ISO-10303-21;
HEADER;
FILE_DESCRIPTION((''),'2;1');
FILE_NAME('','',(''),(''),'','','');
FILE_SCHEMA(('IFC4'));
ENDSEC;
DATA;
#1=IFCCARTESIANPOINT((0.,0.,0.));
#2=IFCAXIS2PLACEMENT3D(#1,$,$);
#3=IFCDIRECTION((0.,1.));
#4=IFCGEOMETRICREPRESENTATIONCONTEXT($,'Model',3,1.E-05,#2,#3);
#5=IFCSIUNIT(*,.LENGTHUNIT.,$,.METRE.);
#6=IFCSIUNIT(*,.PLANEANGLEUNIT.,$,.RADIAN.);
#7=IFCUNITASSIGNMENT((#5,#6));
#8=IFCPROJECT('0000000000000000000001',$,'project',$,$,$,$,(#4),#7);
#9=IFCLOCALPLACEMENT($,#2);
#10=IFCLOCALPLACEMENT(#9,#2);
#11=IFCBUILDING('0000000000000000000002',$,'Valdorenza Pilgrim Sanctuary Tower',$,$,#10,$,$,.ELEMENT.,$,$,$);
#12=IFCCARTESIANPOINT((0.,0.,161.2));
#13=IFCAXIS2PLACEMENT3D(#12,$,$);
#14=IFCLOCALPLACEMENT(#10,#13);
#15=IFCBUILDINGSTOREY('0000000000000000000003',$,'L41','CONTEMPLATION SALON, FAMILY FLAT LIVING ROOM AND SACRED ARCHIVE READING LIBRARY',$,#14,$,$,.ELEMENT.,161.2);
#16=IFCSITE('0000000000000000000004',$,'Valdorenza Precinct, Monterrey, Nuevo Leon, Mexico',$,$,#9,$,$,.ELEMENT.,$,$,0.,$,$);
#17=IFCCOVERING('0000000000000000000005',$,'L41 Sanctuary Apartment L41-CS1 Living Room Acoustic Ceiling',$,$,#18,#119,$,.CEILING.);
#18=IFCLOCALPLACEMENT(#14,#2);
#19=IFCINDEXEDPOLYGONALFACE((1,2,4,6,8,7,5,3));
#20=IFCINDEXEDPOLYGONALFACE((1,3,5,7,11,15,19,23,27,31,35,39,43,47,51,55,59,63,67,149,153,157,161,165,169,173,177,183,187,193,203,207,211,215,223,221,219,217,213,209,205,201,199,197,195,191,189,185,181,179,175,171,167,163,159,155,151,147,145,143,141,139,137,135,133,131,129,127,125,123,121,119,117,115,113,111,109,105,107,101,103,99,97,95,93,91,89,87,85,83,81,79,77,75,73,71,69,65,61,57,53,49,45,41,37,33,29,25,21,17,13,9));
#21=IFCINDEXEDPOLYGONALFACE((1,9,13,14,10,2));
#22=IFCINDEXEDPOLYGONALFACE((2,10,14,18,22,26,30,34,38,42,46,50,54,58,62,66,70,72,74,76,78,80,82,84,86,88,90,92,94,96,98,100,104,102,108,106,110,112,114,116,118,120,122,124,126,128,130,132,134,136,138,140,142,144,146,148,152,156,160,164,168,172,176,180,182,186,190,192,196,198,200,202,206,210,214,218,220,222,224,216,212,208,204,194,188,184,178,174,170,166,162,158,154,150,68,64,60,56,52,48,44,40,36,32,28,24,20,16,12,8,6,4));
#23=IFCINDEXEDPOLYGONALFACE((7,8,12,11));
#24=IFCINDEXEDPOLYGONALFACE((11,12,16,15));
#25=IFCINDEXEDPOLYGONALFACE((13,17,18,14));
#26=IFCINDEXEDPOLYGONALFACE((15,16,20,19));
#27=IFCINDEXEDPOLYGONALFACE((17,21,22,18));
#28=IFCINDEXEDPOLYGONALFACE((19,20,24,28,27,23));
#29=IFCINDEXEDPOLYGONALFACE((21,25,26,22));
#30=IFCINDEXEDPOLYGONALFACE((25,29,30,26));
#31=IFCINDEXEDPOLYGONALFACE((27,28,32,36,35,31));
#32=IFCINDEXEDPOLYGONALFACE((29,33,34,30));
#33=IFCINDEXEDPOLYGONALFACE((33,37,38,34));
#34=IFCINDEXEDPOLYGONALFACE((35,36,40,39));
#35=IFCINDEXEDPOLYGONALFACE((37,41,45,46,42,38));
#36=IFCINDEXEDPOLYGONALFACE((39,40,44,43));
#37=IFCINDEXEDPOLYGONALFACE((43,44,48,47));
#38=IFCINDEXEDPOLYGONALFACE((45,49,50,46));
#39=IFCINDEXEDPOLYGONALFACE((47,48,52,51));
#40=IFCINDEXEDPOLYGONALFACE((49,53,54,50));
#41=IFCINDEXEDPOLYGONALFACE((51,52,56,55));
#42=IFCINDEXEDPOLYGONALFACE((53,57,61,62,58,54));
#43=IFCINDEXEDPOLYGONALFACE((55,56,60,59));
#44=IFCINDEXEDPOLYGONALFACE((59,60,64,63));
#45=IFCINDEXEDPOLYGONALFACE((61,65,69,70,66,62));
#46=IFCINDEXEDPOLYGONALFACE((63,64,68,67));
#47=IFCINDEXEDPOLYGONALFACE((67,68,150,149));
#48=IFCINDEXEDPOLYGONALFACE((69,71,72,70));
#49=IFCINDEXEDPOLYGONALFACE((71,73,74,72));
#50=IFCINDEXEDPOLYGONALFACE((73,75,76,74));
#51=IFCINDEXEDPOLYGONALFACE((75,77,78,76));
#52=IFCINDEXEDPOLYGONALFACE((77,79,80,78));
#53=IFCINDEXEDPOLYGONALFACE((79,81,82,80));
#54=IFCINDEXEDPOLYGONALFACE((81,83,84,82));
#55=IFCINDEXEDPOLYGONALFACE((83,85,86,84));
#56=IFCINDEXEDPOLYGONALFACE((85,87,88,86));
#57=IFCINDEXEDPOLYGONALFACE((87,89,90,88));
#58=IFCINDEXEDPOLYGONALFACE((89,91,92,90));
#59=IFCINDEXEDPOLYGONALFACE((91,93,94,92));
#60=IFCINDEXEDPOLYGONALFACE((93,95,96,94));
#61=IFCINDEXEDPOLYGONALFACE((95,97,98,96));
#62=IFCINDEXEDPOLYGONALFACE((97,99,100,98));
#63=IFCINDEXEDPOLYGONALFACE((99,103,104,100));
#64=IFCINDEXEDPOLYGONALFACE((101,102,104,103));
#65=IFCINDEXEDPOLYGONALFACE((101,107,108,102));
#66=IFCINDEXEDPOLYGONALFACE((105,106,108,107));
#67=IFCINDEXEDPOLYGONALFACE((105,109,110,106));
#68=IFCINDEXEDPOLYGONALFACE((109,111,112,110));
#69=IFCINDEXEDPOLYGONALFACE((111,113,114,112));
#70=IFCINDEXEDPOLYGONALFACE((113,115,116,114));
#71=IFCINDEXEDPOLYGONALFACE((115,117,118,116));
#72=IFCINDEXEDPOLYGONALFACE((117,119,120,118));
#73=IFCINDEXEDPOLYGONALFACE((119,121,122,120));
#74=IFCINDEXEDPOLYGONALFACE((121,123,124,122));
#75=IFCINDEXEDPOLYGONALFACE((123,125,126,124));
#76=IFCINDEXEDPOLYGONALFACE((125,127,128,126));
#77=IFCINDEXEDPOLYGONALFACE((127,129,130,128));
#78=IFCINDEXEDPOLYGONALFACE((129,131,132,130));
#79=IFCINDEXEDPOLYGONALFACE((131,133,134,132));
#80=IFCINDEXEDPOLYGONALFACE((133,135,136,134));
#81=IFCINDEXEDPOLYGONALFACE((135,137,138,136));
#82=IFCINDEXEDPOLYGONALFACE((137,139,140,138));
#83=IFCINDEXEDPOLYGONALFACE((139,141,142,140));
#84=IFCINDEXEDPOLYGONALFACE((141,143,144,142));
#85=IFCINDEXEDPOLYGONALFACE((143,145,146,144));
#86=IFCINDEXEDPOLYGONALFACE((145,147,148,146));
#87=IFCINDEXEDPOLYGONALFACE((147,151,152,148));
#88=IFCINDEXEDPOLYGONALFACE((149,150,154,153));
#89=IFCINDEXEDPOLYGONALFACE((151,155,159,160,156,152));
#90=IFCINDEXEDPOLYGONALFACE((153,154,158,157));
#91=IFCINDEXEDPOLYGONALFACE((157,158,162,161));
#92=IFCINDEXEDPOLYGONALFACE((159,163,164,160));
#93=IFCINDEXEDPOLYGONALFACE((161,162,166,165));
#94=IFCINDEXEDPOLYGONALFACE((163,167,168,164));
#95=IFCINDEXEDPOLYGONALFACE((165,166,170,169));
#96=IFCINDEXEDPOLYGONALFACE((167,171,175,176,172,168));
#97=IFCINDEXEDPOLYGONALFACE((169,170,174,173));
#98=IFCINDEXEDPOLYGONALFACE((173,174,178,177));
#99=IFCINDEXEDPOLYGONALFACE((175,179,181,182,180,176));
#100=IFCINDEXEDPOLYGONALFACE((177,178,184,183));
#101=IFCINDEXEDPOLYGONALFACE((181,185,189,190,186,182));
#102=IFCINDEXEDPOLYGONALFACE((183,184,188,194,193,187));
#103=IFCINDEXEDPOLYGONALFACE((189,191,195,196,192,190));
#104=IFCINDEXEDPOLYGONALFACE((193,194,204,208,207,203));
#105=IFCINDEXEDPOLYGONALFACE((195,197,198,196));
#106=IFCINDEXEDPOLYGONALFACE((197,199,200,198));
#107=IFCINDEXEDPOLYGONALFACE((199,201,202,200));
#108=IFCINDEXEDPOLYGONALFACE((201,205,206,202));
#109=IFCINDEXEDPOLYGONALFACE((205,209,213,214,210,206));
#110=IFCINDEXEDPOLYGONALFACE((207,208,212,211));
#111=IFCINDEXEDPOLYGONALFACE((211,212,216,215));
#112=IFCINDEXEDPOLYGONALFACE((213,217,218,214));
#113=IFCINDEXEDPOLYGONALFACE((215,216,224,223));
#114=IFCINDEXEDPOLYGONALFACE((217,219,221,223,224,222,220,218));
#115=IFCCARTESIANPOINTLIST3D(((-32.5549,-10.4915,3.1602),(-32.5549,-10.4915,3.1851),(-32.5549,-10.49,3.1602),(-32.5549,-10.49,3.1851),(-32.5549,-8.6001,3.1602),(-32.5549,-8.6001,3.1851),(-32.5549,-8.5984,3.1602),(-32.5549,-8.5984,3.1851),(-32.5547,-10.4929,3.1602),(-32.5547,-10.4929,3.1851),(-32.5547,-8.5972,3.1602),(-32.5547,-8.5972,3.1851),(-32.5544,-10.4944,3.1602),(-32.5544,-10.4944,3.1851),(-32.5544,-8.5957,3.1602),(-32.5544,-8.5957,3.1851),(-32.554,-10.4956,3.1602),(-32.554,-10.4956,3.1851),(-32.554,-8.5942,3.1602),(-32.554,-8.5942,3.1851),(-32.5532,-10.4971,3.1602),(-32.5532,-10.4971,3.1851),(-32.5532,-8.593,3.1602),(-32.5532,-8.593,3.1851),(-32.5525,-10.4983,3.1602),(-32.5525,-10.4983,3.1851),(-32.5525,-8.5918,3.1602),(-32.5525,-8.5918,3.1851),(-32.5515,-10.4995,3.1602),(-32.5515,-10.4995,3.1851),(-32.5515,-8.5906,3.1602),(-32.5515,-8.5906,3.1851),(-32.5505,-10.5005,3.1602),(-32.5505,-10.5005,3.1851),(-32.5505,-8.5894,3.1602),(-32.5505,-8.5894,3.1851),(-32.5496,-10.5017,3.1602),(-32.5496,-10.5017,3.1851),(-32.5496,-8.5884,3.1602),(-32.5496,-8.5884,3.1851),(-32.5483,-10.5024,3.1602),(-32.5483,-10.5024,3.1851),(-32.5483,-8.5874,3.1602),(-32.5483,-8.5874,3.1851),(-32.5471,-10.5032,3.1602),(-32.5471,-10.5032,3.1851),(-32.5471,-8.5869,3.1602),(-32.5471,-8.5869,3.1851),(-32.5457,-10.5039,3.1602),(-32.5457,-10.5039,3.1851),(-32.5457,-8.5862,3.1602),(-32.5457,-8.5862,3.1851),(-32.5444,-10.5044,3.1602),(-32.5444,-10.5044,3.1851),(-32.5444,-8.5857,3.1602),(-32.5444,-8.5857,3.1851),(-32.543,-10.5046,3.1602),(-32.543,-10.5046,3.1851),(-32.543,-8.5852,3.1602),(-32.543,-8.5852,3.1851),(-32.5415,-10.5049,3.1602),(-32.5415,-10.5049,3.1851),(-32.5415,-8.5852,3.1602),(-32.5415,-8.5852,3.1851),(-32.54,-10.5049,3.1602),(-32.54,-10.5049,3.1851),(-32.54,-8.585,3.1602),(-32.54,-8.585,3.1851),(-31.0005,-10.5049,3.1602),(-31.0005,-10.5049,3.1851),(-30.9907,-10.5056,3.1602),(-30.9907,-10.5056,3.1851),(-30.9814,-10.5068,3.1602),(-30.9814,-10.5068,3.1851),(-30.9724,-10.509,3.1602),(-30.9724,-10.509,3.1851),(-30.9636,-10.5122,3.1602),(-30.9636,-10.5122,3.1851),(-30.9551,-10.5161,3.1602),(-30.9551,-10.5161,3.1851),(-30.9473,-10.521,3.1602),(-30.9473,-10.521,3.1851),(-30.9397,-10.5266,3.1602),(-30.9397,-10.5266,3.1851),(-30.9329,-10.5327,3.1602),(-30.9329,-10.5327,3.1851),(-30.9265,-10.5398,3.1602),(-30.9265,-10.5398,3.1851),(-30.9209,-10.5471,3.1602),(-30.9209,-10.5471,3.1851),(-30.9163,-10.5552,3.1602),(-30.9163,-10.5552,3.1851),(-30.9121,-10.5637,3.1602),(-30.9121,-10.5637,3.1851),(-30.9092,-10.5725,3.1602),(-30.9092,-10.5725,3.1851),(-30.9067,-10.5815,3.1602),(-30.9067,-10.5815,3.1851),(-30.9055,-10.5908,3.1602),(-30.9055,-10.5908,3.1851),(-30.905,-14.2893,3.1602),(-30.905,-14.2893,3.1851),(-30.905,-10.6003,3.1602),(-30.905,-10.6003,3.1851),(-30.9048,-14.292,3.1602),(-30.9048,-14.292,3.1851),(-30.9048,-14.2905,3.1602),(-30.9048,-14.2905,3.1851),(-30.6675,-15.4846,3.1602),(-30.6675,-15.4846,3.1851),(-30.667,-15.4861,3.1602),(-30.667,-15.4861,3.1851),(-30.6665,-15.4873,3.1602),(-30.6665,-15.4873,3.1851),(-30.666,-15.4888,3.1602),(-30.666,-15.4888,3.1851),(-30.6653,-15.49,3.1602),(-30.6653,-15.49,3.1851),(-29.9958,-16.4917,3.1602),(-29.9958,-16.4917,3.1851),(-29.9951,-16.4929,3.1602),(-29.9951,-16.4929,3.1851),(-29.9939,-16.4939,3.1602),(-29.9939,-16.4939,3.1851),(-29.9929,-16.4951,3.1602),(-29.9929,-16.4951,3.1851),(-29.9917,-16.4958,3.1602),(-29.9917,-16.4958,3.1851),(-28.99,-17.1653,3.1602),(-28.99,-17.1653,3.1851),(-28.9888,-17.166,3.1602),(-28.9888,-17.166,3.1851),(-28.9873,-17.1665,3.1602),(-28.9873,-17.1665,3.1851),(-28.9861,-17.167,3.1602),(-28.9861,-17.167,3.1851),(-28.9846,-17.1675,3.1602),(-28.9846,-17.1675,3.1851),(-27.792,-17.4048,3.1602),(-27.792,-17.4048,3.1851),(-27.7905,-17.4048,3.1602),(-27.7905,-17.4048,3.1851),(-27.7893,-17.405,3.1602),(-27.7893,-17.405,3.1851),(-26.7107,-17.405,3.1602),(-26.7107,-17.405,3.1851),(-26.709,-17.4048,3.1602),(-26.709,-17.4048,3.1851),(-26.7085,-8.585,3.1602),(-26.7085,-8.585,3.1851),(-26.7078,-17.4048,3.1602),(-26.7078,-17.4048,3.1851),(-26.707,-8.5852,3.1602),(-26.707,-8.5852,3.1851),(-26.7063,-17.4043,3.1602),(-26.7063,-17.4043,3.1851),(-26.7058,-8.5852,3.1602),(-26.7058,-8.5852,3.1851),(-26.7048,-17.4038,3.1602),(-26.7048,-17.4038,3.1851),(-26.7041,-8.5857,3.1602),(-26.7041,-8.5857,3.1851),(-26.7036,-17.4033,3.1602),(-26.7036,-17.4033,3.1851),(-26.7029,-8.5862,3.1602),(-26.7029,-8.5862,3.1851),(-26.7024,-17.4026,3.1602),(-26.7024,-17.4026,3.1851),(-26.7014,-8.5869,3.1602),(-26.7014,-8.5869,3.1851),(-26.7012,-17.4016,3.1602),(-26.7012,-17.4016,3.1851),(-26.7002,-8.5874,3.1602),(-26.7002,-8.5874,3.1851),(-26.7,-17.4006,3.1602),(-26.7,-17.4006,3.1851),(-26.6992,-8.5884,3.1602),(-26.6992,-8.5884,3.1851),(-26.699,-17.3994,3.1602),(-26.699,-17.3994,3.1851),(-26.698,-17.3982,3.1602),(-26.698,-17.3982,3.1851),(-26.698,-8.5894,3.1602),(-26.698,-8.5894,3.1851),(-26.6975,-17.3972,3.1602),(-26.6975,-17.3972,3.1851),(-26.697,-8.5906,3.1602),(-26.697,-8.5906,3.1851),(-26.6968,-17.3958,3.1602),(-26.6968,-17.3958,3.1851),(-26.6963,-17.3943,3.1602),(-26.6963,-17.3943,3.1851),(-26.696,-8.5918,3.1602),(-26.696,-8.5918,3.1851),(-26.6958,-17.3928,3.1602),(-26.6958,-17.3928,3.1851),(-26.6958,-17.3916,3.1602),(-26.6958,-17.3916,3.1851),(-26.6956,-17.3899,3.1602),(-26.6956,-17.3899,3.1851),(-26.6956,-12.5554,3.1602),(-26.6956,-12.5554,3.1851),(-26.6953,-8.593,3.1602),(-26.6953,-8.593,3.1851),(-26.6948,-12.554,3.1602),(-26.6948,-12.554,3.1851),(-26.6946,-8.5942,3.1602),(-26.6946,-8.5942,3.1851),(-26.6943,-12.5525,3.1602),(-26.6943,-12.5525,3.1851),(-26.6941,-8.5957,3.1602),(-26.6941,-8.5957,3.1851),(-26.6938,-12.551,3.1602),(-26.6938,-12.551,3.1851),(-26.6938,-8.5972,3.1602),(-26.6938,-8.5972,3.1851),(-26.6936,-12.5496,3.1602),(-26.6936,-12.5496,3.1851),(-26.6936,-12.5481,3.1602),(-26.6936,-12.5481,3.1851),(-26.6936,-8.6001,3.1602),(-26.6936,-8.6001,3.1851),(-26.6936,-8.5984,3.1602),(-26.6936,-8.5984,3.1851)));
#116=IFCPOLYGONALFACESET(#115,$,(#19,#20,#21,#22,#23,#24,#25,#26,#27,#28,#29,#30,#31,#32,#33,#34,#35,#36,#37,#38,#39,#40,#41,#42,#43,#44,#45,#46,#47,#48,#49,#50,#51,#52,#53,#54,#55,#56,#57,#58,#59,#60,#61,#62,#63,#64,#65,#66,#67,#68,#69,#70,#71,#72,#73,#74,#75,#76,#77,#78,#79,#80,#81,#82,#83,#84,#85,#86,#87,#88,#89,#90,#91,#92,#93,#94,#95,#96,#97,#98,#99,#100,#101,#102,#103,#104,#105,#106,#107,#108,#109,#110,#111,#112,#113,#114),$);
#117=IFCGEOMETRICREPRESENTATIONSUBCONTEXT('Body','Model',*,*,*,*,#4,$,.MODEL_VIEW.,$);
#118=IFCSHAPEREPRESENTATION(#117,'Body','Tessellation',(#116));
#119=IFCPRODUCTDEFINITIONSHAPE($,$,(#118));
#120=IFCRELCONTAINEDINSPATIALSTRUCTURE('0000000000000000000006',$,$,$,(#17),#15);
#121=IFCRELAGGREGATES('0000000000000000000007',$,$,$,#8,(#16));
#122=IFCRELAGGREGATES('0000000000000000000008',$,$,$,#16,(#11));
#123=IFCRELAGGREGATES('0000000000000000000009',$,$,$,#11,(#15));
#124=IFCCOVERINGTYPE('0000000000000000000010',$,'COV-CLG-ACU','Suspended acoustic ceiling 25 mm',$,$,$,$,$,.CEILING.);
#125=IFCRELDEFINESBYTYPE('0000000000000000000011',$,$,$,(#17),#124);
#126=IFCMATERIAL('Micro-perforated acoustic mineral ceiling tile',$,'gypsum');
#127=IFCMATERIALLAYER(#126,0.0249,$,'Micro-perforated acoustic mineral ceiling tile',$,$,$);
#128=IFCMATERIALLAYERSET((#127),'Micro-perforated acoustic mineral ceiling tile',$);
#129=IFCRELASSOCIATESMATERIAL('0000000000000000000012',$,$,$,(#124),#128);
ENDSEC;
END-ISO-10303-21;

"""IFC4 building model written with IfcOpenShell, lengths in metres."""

from ifc_helpers import new_model, si_unit, direction, frame, origin, place, context, subcontext, project, spatial, polyline, outline, extrude, material, layer, layer_set, type_object, element, save


model = new_model("IFC4")

# Units and contexts
model_context = context("Model", 3, precision=1e-05, world=origin(), true_north=direction((0.0, 1.0)))
body_context = subcontext(model_context, "Body", "Model", "MODEL_VIEW")
ifc_project = project(units=[si_unit("LENGTHUNIT", "METRE"), si_unit("PLANEANGLEUNIT", "RADIAN")], contexts=[model_context])

# Site, building, storey
site_placement = place(None, origin())
site = spatial("IfcSite", under=ifc_project, at=site_placement, Name="Valdorenza Precinct, Monterrey, Nuevo Leon, Mexico", CompositionType="ELEMENT", RefElevation=0.0)
building_placement = place(site_placement, origin())
building = spatial("IfcBuilding", under=site, at=building_placement, Name="Valdorenza Pilgrim Sanctuary Tower", CompositionType="ELEMENT")
storey_placement = place(building_placement, frame((0.0, 0.0, 161.2)))
storey = spatial("IfcBuildingStorey", under=building, at=storey_placement, Name="L41", Description="CONTEMPLATION SALON, FAMILY FLAT LIVING ROOM AND SACRED ARCHIVE READING LIBRARY", CompositionType="ELEMENT", Elevation=161.2)

# Covering
ifc_material_1 = material(Name="Micro-perforated acoustic mineral ceiling tile", Category="gypsum")
ifc_layer_1 = layer(ifc_material_1, 0.0249, Name="Micro-perforated acoustic mineral ceiling tile")
ifc_layer_set_1 = layer_set([ifc_layer_1], Name="Micro-perforated acoustic mineral ceiling tile")
covering_type_1 = type_object("IfcCoveringType", Name="COV-CLG-ACU", Description="Suspended acoustic ceiling 25 mm", PredefinedType="CEILING", material=ifc_layer_set_1)
covering_1_placement = place(storey_placement, frame((0.0, 0.0, 3.1602)))
element("IfcCovering", 1, at=covering_1_placement, inside=storey, type_object=covering_type_1, Name="L41 Sanctuary Apartment L41-CS1 Living Room Acoustic Ceiling", PredefinedType="CEILING", context=body_context, shape_type="SweptSolid", body=[
    extrude(outline(polyline([(-28.9846, -17.1675), (-28.9861, -17.167), (-28.9873, -17.1665), (-28.9888, -17.166), (-28.99, -17.1653), (-29.9917, -16.4958), (-29.9929, -16.4951), (-29.9939, -16.4939), (-29.9951, -16.4929), (-29.9958, -16.4917), (-30.6653, -15.49), (-30.666, -15.4888), (-30.6665, -15.4873), (-30.667, -15.4861), (-30.6675, -15.4846), (-30.9048, -14.292), (-30.9048, -14.2905), (-30.905, -14.2893), (-30.905, -10.6003), (-30.9055, -10.5908), (-30.9067, -10.5815), (-30.9092, -10.5725), (-30.9121, -10.5637), (-30.9163, -10.5552), (-30.9209, -10.5471), (-30.9265, -10.5398), (-30.9329, -10.5327), (-30.9397, -10.5266), (-30.9473, -10.521), (-30.9551, -10.5161), (-30.9636, -10.5122), (-30.9724, -10.509), (-30.9814, -10.5068), (-30.9907, -10.5056), (-31.0005, -10.5049), (-32.54, -10.5049), (-32.5415, -10.5049), (-32.543, -10.5046), (-32.5444, -10.5044), (-32.5457, -10.5039), (-32.5471, -10.5032), (-32.5483, -10.5024), (-32.5496, -10.5017), (-32.5505, -10.5005), (-32.5515, -10.4995), (-32.5525, -10.4983), (-32.5532, -10.4971), (-32.554, -10.4956), (-32.5544, -10.4944), (-32.5547, -10.4929), (-32.5549, -10.4915), (-32.5549, -10.49), (-32.5549, -8.6001), (-32.5549, -8.5984), (-32.5547, -8.5972), (-32.5544, -8.5957), (-32.554, -8.5942), (-32.5532, -8.593), (-32.5525, -8.5918), (-32.5515, -8.5906), (-32.5505, -8.5894), (-32.5496, -8.5884), (-32.5483, -8.5874), (-32.5471, -8.5869), (-32.5457, -8.5862), (-32.5444, -8.5857), (-32.543, -8.5852), (-32.5415, -8.5852), (-32.54, -8.585), (-26.7085, -8.585), (-26.707, -8.5852), (-26.7058, -8.5852), (-26.7041, -8.5857), (-26.7029, -8.5862), (-26.7014, -8.5869), (-26.7002, -8.5874), (-26.6992, -8.5884), (-26.698, -8.5894), (-26.697, -8.5906), (-26.696, -8.5918), (-26.6953, -8.593), (-26.6946, -8.5942), (-26.6941, -8.5957), (-26.6938, -8.5972), (-26.6936, -8.5984), (-26.6936, -8.6001), (-26.6936, -12.5481), (-26.6936, -12.5496), (-26.6938, -12.551), (-26.6943, -12.5525), (-26.6948, -12.554), (-26.6956, -12.5554), (-26.6956, -12.5554), (-26.6956, -17.3899), (-26.6958, -17.3916), (-26.6958, -17.3928), (-26.6963, -17.3943), (-26.6968, -17.3958), (-26.6975, -17.3972), (-26.698, -17.3982), (-26.699, -17.3994), (-26.7, -17.4006), (-26.7012, -17.4016), (-26.7024, -17.4026), (-26.7036, -17.4033), (-26.7048, -17.4038), (-26.7063, -17.4043), (-26.7078, -17.4048), (-26.709, -17.4048), (-26.7107, -17.405), (-27.7893, -17.405), (-27.7905, -17.4048), (-27.792, -17.4048), (-28.9846, -17.1675)])), origin(), (0.0, 0.0, 1.0), 0.0249),
])

save(model, "model.ifc")
